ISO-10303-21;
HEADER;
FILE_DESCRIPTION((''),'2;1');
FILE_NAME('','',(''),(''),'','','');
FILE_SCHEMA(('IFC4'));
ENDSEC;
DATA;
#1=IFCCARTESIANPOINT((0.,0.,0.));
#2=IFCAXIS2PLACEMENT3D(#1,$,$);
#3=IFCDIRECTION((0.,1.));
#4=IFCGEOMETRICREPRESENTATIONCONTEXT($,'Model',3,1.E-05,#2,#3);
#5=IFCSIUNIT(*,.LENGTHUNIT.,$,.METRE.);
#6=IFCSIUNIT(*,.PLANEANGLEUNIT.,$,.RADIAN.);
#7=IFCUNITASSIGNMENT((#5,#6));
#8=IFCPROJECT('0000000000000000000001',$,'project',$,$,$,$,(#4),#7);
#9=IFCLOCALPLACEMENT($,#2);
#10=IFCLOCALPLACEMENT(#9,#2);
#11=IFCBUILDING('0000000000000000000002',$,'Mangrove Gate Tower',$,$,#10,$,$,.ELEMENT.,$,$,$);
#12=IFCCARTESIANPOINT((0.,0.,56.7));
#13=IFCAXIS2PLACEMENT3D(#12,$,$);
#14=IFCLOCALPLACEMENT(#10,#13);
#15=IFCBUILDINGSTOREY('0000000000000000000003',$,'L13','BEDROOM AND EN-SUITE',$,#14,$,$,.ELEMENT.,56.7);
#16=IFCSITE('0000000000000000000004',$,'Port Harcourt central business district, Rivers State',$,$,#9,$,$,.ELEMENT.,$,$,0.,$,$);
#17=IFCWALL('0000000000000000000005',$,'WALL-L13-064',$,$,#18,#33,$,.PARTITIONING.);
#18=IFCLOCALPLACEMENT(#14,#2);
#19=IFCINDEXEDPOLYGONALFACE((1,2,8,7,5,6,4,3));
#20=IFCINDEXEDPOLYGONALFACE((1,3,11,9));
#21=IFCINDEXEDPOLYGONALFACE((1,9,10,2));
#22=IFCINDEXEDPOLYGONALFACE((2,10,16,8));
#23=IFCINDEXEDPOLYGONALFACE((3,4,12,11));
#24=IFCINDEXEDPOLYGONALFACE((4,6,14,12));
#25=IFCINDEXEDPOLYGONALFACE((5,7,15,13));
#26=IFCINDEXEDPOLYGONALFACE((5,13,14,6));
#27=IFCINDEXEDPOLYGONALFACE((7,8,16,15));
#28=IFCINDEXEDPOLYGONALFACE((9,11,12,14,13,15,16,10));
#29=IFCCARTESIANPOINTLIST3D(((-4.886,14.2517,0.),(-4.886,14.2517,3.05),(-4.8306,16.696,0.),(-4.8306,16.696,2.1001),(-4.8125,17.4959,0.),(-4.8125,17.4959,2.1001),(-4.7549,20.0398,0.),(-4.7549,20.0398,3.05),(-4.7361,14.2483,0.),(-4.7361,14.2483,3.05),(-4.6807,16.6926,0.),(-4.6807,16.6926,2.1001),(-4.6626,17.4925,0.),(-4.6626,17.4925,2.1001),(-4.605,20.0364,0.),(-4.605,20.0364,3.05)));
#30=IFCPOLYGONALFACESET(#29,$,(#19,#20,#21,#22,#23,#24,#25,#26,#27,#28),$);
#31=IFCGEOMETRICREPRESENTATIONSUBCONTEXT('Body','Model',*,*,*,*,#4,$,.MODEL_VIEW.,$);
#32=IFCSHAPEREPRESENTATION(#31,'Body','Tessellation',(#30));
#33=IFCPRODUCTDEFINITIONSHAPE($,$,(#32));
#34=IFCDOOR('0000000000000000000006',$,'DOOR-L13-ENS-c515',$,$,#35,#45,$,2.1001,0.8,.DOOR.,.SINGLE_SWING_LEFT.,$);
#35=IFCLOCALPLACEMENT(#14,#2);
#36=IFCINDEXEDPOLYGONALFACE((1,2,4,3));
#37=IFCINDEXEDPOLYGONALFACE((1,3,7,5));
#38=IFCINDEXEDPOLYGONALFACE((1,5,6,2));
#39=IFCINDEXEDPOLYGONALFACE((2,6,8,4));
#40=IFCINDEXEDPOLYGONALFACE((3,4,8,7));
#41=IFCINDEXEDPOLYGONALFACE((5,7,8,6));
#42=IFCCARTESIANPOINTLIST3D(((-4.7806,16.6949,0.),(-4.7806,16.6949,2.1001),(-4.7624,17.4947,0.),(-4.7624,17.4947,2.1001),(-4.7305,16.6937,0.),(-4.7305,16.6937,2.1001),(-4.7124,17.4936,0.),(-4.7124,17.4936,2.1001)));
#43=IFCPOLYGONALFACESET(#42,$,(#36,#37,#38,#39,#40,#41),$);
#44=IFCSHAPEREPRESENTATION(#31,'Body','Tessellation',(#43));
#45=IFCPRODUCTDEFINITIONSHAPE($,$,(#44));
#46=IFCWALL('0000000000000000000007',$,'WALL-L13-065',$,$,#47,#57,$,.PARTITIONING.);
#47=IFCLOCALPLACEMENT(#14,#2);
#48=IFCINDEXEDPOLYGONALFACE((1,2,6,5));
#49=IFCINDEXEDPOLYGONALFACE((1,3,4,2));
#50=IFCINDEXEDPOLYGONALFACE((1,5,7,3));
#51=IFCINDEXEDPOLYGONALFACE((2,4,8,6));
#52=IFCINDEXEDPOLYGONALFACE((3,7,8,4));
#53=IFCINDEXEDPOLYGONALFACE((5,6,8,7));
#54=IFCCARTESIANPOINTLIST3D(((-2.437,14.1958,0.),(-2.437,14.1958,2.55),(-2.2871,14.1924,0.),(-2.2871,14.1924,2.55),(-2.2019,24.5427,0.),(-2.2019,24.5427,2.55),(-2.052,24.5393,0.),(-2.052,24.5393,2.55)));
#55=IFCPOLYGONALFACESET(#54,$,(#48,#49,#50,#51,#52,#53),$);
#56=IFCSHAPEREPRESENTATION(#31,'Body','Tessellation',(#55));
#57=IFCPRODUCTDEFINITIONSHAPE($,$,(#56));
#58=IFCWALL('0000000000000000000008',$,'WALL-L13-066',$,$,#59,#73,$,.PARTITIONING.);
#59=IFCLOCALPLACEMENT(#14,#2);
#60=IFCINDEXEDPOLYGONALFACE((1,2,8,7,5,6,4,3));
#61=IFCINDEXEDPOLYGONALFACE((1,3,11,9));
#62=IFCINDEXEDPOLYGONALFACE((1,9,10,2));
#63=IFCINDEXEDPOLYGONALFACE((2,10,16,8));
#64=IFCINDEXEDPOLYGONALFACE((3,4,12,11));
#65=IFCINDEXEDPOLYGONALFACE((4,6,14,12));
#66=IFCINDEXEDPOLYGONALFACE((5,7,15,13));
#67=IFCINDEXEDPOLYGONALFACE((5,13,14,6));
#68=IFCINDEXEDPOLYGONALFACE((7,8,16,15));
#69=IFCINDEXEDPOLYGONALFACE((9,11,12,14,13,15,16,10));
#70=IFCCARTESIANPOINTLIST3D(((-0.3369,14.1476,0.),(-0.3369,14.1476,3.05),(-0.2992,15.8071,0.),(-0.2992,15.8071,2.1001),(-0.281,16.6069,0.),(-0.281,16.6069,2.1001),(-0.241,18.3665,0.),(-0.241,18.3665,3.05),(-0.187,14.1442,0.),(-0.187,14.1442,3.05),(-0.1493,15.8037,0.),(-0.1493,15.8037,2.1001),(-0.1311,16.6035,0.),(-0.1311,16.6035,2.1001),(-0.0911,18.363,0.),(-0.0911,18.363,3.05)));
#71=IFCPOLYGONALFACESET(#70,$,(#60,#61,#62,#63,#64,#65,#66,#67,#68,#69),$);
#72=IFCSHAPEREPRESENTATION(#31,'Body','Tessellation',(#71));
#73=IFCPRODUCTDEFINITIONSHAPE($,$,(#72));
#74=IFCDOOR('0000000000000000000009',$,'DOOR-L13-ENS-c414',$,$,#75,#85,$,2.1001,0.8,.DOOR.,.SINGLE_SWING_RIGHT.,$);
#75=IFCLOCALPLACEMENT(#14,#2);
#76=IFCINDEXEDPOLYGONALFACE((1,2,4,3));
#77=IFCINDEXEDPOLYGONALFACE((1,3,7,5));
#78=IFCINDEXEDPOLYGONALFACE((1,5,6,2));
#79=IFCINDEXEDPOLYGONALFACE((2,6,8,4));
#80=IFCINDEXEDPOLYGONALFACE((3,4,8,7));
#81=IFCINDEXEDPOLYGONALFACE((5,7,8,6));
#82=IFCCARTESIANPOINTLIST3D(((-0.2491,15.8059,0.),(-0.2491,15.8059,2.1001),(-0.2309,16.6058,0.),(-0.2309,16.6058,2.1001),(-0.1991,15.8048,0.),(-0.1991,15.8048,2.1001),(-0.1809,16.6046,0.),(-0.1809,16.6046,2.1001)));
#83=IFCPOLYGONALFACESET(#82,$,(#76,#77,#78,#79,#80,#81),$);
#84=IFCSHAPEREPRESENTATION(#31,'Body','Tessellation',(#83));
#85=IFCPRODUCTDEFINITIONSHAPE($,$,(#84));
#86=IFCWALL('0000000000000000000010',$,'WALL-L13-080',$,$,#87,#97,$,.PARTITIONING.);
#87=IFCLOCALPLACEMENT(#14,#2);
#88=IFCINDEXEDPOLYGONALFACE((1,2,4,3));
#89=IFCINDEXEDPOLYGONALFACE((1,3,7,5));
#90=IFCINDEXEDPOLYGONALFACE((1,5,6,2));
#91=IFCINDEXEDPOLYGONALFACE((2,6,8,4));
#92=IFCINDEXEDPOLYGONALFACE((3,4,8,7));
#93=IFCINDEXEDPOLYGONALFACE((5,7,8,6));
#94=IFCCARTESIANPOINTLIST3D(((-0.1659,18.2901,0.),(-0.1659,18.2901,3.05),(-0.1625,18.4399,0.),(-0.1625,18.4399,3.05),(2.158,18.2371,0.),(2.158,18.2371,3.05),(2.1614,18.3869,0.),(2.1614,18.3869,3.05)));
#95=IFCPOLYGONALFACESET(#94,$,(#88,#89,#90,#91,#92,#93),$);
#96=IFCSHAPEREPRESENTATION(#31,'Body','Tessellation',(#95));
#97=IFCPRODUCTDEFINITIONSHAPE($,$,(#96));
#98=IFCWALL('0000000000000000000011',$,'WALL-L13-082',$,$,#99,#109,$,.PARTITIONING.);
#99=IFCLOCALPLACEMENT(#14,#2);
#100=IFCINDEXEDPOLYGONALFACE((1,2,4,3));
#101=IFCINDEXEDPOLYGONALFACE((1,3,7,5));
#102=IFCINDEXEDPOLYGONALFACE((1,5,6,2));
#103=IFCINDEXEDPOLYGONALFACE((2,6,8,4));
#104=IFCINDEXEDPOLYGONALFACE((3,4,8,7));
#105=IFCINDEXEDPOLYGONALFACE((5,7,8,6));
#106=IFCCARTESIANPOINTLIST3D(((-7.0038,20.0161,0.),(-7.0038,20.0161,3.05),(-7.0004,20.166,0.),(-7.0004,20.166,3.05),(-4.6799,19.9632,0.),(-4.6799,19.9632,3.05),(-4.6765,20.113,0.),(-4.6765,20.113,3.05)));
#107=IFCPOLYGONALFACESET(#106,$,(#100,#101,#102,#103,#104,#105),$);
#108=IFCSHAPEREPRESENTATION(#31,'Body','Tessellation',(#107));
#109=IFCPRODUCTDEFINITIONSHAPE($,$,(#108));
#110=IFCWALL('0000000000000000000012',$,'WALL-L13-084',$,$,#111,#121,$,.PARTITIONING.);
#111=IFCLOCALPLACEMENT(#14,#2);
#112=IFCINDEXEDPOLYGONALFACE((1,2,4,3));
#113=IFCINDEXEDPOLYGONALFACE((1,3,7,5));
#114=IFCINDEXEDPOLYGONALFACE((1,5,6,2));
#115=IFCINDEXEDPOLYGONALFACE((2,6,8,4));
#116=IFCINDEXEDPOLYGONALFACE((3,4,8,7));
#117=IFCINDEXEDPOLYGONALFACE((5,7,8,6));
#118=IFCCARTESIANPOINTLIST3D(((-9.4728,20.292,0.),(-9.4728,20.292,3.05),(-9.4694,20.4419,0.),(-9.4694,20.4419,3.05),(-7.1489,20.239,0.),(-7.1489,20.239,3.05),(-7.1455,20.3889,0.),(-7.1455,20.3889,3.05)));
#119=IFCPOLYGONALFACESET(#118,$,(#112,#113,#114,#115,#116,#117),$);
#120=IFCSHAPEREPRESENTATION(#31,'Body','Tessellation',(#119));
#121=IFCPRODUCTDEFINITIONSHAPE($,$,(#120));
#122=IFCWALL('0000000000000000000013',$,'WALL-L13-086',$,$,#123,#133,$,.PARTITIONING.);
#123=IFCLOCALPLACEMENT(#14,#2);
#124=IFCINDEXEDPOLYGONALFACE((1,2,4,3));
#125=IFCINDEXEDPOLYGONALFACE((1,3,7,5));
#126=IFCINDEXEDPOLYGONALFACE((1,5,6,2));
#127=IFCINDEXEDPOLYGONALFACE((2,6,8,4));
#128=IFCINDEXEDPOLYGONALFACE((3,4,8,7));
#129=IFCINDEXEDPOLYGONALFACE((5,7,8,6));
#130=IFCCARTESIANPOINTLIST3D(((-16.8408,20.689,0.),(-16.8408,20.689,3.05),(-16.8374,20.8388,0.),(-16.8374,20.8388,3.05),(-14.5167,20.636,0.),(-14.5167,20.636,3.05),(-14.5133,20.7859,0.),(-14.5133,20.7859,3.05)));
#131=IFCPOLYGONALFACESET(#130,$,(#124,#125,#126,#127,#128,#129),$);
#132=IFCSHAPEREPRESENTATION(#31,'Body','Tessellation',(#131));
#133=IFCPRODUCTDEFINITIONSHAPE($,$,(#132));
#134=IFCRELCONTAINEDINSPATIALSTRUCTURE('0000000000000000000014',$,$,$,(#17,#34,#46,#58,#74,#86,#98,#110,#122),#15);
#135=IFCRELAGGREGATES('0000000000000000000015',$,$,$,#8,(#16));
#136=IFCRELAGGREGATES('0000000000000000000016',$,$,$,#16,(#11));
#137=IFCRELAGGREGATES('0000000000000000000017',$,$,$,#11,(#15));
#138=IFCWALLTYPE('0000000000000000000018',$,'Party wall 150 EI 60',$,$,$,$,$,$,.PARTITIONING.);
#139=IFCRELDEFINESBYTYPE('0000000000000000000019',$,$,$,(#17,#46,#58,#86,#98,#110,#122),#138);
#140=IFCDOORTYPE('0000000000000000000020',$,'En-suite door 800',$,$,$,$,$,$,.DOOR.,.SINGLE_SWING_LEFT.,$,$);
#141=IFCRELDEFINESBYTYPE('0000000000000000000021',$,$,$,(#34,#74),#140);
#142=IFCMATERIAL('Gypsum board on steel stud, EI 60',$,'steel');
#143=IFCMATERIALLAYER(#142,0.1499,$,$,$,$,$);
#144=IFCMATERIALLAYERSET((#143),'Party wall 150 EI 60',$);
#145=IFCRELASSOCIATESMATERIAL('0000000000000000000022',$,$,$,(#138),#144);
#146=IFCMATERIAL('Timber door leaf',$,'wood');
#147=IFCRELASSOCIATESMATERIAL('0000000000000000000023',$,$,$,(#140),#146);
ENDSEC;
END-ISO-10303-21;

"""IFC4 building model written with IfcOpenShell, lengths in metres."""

from ifc_helpers import new_model, si_unit, direction, frame, frame_2d, origin, place, context, subcontext, project, spatial, rectangle, extrude, material, layer, layer_set, type_object, element, fill, save


model = new_model("IFC4")

# Units and contexts
model_context = context("Model", 3, precision=1e-05, world=origin(), true_north=direction((0.0, 1.0)))
body_context = subcontext(model_context, "Body", "Model", "MODEL_VIEW")
ifc_project = project(units=[si_unit("LENGTHUNIT", "METRE"), si_unit("PLANEANGLEUNIT", "RADIAN")], contexts=[model_context])

# Site, building, storey
site_placement = place(None, origin())
site = spatial("IfcSite", under=ifc_project, at=site_placement, Name="Port Harcourt central business district, Rivers State", CompositionType="ELEMENT", RefElevation=0.0)
building_placement = place(site_placement, origin())
building = spatial("IfcBuilding", under=site, at=building_placement, Name="Mangrove Gate Tower", CompositionType="ELEMENT")
storey_placement = place(building_placement, frame((0.0, 0.0, 56.7)))
storey = spatial("IfcBuildingStorey", under=building, at=storey_placement, Name="L13", Description="BEDROOM AND EN-SUITE", CompositionType="ELEMENT", Elevation=56.7)

# Shared definitions
ifc_material_1 = material(Name="Gypsum board on steel stud, EI 60", Category="steel")
ifc_layer = layer(ifc_material_1, 0.1499)
ifc_layer_set = layer_set([ifc_layer], Name="Party wall 150 EI 60")
wall_type = type_object("IfcWallType", Name="Party wall 150 EI 60", PredefinedType="PARTITIONING", material=ifc_layer_set)

# Shared definitions
ifc_material_2 = material(Name="Timber door leaf", Category="wood")
door_type = type_object("IfcDoorType", Name="En-suite door 800", OperationType="SINGLE_SWING_LEFT", PredefinedType="DOOR", material=ifc_material_2)

# Wall, opening, door
wall_1_placement = place(storey_placement, frame((-4.811, 14.25, 0.0), z_axis=(0.0, 0.0, 1.0), x_axis=(0.022645, 0.999744, 0.0)))
wall_1 = element("IfcWall", 1, at=wall_1_placement, inside=storey, type_object=wall_type, Name="WALL-L13-064", PredefinedType="PARTITIONING", context=body_context, shape_type="SweptSolid", body=[
    extrude(rectangle(XDim=5.7896, YDim=0.1499, at=frame_2d((2.8948, 0.0))), origin(), (0.0, 0.0, 1.0), 3.05),
])
opening_1_placement = place(wall_1_placement, frame((2.4451, 0.0, 0.0)))
opening_1 = element("IfcOpeningElement", 2, at=opening_1_placement, cuts=wall_1, PredefinedType="OPENING", context=body_context, shape_type="SweptSolid", body=[
    extrude(rectangle(XDim=0.8, YDim=2.1001, at=frame_2d((0.3999, 1.05))), frame((0.0, 0.085, 0.0), z_axis=(0.0, -1.0, 0.0), x_axis=(1.0, 0.0, 0.0)), (0.0, 0.0, 1.0), 0.1699),
])
door_1_placement = place(opening_1_placement, origin())
door_1 = element("IfcDoor", 3, at=door_1_placement, inside=storey, type_object=door_type, Name="DOOR-L13-ENS-c515", OperationType="SINGLE_SWING_LEFT", OverallHeight=2.1001, OverallWidth=0.8, PredefinedType="DOOR", context=body_context, shape_type="SweptSolid", body=[
    extrude(rectangle(XDim=0.8, YDim=2.1001, at=frame_2d((0.3999, 1.05))), frame((0.0, 0.0249, 0.0), z_axis=(0.0, -1.0, 0.0), x_axis=(1.0, 0.0, 0.0)), (0.0, 0.0, 1.0), 0.05),
])
fill(opening_1, door_1)

# Wall
wall_2_placement = place(storey_placement, frame((-2.3621, 14.1941, 0.0), z_axis=(0.0, 0.0, 1.0), x_axis=(0.022717, 0.999742, 0.0)))
element("IfcWall", 4, at=wall_2_placement, inside=storey, type_object=wall_type, Name="WALL-L13-065", PredefinedType="PARTITIONING", context=body_context, shape_type="SweptSolid", body=[
    extrude(rectangle(XDim=10.3496, YDim=0.1499, at=frame_2d((5.1748, 0.0))), origin(), (0.0, 0.0, 1.0), 2.55),
])

# Wall, opening, door
wall_3_placement = place(storey_placement, frame((-0.262, 14.146, 0.0), z_axis=(0.0, 0.0, 1.0), x_axis=(0.022736, 0.999742, 0.0)))
wall_3 = element("IfcWall", 5, at=wall_3_placement, inside=storey, type_object=wall_type, Name="WALL-L13-066", PredefinedType="PARTITIONING", context=body_context, shape_type="SweptSolid", body=[
    extrude(rectangle(XDim=4.22, YDim=0.1499, at=frame_2d((2.1099, 0.0))), origin(), (0.0, 0.0, 1.0), 3.05),
])
opening_2_placement = place(wall_3_placement, frame((1.6599, 0.0, 0.0)))
opening_2 = element("IfcOpeningElement", 6, at=opening_2_placement, cuts=wall_3, PredefinedType="OPENING", context=body_context, shape_type="SweptSolid", body=[
    extrude(rectangle(XDim=0.8, YDim=2.1001, at=frame_2d((0.3999, 1.05))), frame((0.0, 0.085, 0.0), z_axis=(0.0, -1.0, 0.0), x_axis=(1.0, 0.0, 0.0)), (0.0, 0.0, 1.0), 0.1699),
])
door_2_placement = place(opening_2_placement, origin())
door_2 = element("IfcDoor", 7, at=door_2_placement, inside=storey, type_object=door_type, Name="DOOR-L13-ENS-c414", OperationType="SINGLE_SWING_RIGHT", OverallHeight=2.1001, OverallWidth=0.8, PredefinedType="DOOR", context=body_context, shape_type="SweptSolid", body=[
    extrude(rectangle(XDim=0.8, YDim=2.1001, at=frame_2d((0.3999, 1.05))), frame((0.0, 0.0249, 0.0), z_axis=(0.0, -1.0, 0.0), x_axis=(1.0, 0.0, 0.0)), (0.0, 0.0, 1.0), 0.05),
])
fill(opening_2, door_2)

# Walls
for number, where, z_axis, x_axis, name in (
    (8, (-0.1641, 18.365, 0.0), (0.0, 0.0, 1.0), (0.99974, -0.022791, 0.0), "WALL-L13-080"),
    (9, (-7.002, 20.0911, 0.0), (0.0, 0.0, 1.0), (0.99974, -0.022791, 0.0), "WALL-L13-082"),
    (10, (-9.4709, 20.3669, 0.0), (0.0, 0.0, 1.0), (0.99974, -0.022791, 0.0), "WALL-L13-084"),
):
    element("IfcWall", number, at=place(storey_placement, frame(where, z_axis=z_axis, x_axis=x_axis)), inside=storey, type_object=wall_type, Name=name, PredefinedType="PARTITIONING", context=body_context, shape_type="SweptSolid", body=[
        extrude(rectangle(XDim=2.3245, YDim=0.1499, at=frame_2d((1.1621, 0.0))), origin(), (0.0, 0.0, 1.0), 3.05),
    ])
wall_4_placement = place(storey_placement, frame((-16.8391, 20.7639, 0.0), z_axis=(0.0, 0.0, 1.0), x_axis=(0.99974, -0.022788, 0.0)))
element("IfcWall", 11, at=wall_4_placement, inside=storey, type_object=wall_type, Name="WALL-L13-086", PredefinedType="PARTITIONING", context=body_context, shape_type="SweptSolid", body=[
    extrude(rectangle(XDim=2.3247, YDim=0.1499, at=frame_2d((1.1624, 0.0))), origin(), (0.0, 0.0, 1.0), 3.05),
])

save(model, "model.ifc")
